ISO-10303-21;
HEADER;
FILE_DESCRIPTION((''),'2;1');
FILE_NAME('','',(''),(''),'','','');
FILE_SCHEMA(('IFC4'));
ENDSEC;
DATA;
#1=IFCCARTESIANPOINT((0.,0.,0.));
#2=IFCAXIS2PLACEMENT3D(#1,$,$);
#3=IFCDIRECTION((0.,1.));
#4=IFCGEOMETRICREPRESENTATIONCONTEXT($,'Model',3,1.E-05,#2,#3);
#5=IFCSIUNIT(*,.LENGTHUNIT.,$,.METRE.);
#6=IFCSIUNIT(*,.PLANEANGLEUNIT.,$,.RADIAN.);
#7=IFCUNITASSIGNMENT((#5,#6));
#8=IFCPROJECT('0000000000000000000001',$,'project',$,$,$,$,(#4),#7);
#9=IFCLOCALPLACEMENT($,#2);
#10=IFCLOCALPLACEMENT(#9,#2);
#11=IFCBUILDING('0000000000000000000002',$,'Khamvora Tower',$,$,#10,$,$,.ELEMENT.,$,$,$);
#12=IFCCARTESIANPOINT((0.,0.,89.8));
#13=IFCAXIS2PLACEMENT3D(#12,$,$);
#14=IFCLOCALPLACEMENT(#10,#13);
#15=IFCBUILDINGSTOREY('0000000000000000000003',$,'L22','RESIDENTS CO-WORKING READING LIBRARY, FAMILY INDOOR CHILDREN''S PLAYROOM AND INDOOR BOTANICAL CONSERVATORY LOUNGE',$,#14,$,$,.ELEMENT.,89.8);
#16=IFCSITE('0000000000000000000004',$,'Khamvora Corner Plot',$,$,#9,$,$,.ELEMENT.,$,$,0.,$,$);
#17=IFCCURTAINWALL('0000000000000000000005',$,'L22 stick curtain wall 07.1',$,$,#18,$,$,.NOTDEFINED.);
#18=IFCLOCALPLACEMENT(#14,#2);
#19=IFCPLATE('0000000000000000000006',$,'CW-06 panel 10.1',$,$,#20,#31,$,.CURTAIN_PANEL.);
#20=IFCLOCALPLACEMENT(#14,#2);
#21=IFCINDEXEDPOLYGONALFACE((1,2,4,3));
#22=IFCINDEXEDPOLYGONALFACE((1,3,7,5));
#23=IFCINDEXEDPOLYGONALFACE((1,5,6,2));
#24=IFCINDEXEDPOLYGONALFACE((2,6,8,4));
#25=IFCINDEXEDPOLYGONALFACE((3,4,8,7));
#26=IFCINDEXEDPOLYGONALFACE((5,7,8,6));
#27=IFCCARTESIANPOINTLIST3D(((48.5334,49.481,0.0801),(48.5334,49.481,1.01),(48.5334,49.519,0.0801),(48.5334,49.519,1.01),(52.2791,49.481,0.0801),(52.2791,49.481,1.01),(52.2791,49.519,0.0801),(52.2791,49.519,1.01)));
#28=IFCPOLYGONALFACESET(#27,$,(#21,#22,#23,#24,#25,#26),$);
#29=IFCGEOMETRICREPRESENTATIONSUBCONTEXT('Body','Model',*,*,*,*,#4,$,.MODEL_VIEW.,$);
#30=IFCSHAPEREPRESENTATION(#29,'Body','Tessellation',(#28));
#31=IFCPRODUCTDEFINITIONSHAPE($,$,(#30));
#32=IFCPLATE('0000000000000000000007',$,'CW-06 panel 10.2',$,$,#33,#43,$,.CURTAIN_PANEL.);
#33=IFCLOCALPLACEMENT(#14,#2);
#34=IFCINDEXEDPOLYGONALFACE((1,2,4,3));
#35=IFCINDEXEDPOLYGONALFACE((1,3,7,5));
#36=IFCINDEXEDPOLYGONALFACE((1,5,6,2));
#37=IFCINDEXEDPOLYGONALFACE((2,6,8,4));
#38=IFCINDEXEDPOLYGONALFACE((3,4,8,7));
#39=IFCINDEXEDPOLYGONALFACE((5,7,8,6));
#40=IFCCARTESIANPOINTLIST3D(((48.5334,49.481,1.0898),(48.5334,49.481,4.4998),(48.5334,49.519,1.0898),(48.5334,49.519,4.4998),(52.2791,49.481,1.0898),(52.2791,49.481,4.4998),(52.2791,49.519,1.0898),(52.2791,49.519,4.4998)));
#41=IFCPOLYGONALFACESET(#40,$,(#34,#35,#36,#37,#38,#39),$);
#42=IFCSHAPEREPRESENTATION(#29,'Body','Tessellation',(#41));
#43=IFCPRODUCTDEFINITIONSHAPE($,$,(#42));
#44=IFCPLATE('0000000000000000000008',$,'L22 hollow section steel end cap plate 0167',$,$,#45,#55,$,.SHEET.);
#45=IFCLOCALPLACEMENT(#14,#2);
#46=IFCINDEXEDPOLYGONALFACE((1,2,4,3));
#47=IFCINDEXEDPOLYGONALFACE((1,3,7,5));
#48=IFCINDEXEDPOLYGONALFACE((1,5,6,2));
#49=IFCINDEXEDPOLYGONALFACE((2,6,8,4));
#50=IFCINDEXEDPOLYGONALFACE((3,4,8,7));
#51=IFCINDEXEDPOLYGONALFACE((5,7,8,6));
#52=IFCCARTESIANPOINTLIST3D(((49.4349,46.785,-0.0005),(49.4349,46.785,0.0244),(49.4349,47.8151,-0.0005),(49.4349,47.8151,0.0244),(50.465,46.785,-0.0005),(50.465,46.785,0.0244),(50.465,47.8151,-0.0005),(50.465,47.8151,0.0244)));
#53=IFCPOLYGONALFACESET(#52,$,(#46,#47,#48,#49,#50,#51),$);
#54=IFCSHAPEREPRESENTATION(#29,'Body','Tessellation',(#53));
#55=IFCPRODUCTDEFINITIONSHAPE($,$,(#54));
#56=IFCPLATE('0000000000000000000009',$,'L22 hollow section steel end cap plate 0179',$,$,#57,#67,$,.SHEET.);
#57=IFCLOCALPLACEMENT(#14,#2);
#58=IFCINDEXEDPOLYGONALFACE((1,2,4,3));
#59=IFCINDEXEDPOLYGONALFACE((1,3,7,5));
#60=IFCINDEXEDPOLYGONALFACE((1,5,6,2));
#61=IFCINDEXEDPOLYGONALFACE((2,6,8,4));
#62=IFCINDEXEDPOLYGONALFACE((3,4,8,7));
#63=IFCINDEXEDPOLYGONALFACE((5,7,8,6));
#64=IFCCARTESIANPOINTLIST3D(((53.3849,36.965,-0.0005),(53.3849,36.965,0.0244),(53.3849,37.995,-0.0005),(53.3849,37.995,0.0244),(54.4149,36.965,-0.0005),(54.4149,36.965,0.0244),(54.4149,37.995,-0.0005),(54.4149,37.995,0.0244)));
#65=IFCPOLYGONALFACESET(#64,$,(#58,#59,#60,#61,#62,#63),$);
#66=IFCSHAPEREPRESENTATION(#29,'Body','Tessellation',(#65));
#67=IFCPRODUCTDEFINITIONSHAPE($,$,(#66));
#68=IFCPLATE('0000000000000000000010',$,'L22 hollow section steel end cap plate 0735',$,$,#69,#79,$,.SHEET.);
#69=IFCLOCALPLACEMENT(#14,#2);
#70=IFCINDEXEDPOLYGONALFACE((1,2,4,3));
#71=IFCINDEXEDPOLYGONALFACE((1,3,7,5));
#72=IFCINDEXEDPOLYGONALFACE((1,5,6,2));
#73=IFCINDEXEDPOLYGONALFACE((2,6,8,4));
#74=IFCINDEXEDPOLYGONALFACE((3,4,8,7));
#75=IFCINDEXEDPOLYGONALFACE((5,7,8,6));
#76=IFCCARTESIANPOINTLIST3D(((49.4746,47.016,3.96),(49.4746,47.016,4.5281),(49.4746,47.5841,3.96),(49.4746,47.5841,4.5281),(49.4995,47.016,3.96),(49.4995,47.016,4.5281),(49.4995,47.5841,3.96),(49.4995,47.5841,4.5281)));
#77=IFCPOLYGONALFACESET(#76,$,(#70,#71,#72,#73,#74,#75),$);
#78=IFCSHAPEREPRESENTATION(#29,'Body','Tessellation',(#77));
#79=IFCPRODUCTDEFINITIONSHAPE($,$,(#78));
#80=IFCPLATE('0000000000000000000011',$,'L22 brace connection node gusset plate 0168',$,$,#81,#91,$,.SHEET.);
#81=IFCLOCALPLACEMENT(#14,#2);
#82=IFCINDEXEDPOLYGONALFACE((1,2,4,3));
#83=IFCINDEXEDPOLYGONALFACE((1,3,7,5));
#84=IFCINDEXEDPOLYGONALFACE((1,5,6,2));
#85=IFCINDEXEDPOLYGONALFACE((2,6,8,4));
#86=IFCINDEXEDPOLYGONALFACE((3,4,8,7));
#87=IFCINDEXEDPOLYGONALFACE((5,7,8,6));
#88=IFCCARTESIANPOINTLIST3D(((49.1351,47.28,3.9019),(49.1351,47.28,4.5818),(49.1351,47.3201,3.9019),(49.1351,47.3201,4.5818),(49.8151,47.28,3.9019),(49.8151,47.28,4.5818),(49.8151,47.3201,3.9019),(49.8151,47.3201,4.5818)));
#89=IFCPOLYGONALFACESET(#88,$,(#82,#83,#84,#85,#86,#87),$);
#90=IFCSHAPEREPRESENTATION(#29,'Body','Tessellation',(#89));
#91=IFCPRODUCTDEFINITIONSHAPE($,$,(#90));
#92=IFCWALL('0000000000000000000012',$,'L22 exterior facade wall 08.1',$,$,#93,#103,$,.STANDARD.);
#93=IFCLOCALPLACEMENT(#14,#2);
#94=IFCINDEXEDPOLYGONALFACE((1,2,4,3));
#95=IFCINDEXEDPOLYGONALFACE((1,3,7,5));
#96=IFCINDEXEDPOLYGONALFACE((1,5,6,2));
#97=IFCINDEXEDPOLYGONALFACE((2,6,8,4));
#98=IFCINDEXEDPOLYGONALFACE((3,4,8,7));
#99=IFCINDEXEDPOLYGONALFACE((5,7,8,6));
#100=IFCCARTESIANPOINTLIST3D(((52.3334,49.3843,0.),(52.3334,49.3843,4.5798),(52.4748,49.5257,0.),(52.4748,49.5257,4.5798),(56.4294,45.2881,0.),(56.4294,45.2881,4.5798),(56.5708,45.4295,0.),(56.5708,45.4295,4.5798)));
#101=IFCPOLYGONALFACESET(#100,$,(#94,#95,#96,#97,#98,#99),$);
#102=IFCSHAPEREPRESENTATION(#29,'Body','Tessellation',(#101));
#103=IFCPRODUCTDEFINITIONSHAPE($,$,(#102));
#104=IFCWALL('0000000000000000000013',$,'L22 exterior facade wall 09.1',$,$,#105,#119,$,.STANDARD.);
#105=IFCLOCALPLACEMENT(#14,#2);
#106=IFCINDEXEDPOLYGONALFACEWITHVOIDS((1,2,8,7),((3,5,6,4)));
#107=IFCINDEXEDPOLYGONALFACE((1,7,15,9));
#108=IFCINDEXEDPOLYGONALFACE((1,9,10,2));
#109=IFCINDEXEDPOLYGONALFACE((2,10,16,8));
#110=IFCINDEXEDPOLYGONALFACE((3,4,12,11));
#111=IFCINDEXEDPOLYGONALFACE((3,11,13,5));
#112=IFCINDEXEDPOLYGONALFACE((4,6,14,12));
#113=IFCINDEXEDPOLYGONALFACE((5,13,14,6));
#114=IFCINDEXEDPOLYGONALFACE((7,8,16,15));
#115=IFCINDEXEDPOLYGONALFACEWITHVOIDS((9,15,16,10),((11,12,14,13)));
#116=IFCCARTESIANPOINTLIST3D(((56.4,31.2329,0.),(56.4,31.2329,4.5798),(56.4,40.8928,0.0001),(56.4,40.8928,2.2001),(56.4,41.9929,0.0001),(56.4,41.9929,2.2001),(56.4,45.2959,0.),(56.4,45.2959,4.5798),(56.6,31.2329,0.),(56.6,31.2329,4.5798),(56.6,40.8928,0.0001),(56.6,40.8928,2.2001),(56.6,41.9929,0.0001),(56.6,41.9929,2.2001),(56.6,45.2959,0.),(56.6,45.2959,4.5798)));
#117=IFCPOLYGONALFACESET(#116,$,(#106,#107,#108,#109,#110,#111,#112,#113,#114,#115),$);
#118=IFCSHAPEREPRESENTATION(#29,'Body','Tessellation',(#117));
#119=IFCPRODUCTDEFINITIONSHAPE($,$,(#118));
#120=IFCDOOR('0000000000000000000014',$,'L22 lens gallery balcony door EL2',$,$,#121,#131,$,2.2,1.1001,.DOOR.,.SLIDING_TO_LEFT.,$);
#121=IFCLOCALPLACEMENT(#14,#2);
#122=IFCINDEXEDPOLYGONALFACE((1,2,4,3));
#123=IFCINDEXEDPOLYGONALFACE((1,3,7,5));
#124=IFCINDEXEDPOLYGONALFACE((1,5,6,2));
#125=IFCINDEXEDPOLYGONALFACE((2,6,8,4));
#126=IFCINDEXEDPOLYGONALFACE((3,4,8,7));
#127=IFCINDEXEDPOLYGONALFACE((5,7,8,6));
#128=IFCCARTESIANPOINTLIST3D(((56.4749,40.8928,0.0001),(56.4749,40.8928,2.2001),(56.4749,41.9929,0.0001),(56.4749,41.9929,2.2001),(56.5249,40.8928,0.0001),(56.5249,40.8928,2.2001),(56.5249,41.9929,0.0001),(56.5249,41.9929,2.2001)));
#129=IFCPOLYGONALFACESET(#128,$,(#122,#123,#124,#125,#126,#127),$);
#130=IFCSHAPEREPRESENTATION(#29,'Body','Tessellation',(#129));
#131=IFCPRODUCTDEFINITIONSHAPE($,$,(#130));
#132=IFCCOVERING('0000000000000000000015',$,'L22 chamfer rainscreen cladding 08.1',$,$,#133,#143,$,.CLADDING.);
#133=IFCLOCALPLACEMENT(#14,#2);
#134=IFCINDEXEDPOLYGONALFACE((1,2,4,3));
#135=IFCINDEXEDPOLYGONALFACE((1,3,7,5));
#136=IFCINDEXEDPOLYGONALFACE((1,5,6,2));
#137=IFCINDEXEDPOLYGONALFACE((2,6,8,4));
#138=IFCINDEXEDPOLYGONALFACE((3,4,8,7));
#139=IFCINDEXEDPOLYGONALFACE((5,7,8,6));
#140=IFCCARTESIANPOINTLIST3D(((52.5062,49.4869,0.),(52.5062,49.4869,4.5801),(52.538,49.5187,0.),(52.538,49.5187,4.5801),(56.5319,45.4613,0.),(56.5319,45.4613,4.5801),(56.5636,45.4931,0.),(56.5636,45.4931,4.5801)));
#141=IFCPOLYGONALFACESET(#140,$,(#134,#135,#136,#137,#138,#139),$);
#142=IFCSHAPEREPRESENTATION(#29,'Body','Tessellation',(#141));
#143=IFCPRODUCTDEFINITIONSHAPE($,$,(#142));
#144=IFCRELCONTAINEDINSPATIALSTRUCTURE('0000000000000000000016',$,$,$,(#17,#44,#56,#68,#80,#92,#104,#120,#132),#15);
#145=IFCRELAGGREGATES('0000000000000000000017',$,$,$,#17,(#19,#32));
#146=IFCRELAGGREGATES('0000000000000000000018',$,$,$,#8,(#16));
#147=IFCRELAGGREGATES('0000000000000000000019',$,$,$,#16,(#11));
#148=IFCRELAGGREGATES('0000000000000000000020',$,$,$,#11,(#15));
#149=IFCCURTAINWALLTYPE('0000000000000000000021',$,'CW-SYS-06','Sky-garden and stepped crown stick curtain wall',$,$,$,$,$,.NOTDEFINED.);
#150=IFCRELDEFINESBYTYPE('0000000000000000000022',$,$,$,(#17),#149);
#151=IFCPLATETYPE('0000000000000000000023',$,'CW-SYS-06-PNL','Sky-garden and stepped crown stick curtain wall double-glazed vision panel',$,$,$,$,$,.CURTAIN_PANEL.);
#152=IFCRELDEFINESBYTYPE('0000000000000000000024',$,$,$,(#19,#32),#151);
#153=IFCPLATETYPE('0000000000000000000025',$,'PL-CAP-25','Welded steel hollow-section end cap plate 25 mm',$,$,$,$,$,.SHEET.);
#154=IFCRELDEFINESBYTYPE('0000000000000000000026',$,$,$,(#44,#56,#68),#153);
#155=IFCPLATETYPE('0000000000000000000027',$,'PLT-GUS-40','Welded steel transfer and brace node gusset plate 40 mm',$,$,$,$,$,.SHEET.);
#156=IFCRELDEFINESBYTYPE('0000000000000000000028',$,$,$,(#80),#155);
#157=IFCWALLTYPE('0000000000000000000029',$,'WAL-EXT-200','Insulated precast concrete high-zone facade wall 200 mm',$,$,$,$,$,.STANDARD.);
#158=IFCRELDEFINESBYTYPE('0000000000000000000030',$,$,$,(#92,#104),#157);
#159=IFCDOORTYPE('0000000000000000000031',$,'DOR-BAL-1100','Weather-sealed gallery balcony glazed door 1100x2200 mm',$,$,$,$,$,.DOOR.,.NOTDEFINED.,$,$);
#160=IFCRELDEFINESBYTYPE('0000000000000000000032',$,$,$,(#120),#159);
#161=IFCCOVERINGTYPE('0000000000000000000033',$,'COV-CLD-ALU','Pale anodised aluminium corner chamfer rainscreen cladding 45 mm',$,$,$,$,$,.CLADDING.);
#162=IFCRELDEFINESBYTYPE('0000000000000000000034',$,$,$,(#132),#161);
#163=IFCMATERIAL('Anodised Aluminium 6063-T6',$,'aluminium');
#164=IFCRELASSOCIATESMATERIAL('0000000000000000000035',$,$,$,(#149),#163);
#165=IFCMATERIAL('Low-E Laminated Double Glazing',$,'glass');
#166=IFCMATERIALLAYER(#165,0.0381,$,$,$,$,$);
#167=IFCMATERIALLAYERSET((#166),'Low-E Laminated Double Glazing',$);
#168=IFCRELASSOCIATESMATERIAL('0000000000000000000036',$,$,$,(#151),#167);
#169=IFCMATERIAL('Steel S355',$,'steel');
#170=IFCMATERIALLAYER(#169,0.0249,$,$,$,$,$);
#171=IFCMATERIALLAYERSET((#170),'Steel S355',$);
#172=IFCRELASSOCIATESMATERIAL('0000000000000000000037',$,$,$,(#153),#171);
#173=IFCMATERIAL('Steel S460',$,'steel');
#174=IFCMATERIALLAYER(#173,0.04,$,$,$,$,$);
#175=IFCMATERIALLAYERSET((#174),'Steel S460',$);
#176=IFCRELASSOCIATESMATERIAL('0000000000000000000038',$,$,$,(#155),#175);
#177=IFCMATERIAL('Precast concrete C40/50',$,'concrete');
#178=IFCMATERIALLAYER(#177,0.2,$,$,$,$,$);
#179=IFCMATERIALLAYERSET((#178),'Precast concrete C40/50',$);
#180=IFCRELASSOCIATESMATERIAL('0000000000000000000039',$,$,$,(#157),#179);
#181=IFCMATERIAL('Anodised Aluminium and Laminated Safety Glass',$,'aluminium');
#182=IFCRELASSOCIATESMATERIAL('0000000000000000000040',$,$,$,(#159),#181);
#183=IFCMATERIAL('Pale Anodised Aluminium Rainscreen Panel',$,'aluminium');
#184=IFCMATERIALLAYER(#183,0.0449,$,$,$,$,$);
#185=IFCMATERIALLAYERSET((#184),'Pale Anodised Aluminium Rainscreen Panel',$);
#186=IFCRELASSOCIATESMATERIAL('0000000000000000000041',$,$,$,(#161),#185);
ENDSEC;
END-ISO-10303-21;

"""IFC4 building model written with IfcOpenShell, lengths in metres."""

from ifc_helpers import new_model, si_unit, direction, frame, frame_2d, origin, origin_2d, place, context, subcontext, project, spatial, rectangle, extrude, material, layer, layer_set, type_object, element, fill, aggregate, save


model = new_model("IFC4")

# Units and contexts
model_context = context("Model", 3, precision=1e-05, world=origin(), true_north=direction((0.0, 1.0)))
body_context = subcontext(model_context, "Body", "Model", "MODEL_VIEW")
ifc_project = project(units=[si_unit("LENGTHUNIT", "METRE"), si_unit("PLANEANGLEUNIT", "RADIAN")], contexts=[model_context])

# Site, building, storey
site_placement = place(None, origin())
site = spatial("IfcSite", under=ifc_project, at=site_placement, Name="Khamvora Corner Plot", CompositionType="ELEMENT", RefElevation=0.0)
building_placement = place(site_placement, origin())
building = spatial("IfcBuilding", under=site, at=building_placement, Name="Khamvora Tower", CompositionType="ELEMENT")
storey_placement = place(building_placement, frame((0.0, 0.0, 89.8)))
storey = spatial("IfcBuildingStorey", under=building, at=storey_placement, Name="L22", Description="RESIDENTS CO-WORKING READING LIBRARY, FAMILY INDOOR CHILDREN'S PLAYROOM AND INDOOR BOTANICAL CONSERVATORY LOUNGE", CompositionType="ELEMENT", Elevation=89.8)

# Shared definitions
ifc_material_1 = material(Name="Steel S355", Category="steel")

# Curtain wall, plates
ifc_material_2 = material(Name="Anodised Aluminium 6063-T6", Category="aluminium")
curtain_wall_type = type_object("IfcCurtainWallType", Name="CW-SYS-06", Description="Sky-garden and stepped crown stick curtain wall", PredefinedType="NOTDEFINED", material=ifc_material_2)
curtain_wall_placement = place(storey_placement, origin())
curtain_wall = element("IfcCurtainWall", 1, at=curtain_wall_placement, inside=storey, type_object=curtain_wall_type, Name="L22 stick curtain wall 07.1", PredefinedType="NOTDEFINED")
ifc_material_3 = material(Name="Low-E Laminated Double Glazing", Category="glass")
ifc_layer_1 = layer(ifc_material_3, 0.0381)
ifc_layer_set_1 = layer_set([ifc_layer_1], Name="Low-E Laminated Double Glazing")
plate_type_1 = type_object("IfcPlateType", Name="CW-SYS-06-PNL", Description="Sky-garden and stepped crown stick curtain wall double-glazed vision panel", PredefinedType="CURTAIN_PANEL", material=ifc_layer_set_1)
plate_1_placement = place(storey_placement, frame((50.4062, 49.5, 0.0801), z_axis=(0.0, 0.0, 1.0), x_axis=(1.0, 0.0, 0.0)))
plate_1 = element("IfcPlate", 2, at=plate_1_placement, type_object=plate_type_1, Name="CW-06 panel 10.1", PredefinedType="CURTAIN_PANEL", context=body_context, shape_type="SweptSolid", body=[
    extrude(rectangle(XDim=3.7456, YDim=0.0381, at=origin_2d()), origin(), (0.0, 0.0, 1.0), 0.9299),
])
plate_2_placement = place(storey_placement, frame((50.4062, 49.5, 1.0898), z_axis=(0.0, 0.0, 1.0), x_axis=(1.0, 0.0, 0.0)))
plate_2 = element("IfcPlate", 3, at=plate_2_placement, type_object=plate_type_1, Name="CW-06 panel 10.2", PredefinedType="CURTAIN_PANEL", context=body_context, shape_type="SweptSolid", body=[
    extrude(rectangle(XDim=3.7456, YDim=0.0381, at=origin_2d()), origin(), (0.0, 0.0, 1.0), 3.4099),
])
aggregate(curtain_wall, [plate_1, plate_2])

# Plates
ifc_layer_2 = layer(ifc_material_1, 0.0249)
ifc_layer_set_2 = layer_set([ifc_layer_2], Name="Steel S355")
plate_type_2 = type_object("IfcPlateType", Name="PL-CAP-25", Description="Welded steel hollow-section end cap plate 25 mm", PredefinedType="SHEET", material=ifc_layer_set_2)
for number, where, z_axis, x_axis, name in (
    (4, (49.95, 47.3, -0.0005), (0.0, 0.0, 1.0), (1.0, 0.0, 0.0), "L22 hollow section steel end cap plate 0167"),
    (5, (53.8999, 37.48, -0.0005), (0.0, 0.0, 1.0), (1.0, 0.0, 0.0), "L22 hollow section steel end cap plate 0179"),
):
    element("IfcPlate", number, at=place(storey_placement, frame(where, z_axis=z_axis, x_axis=x_axis)), inside=storey, type_object=plate_type_2, Name=name, PredefinedType="SHEET", context=body_context, shape_type="SweptSolid", body=[
        extrude(rectangle(XDim=1.03, YDim=1.03, at=origin_2d()), origin(), (0.0, 0.0, 1.0), 0.0249),
    ])
plate_3_placement = place(storey_placement, frame((49.4871, 47.3, 3.96), z_axis=(0.0, 0.0, 1.0), x_axis=(1.0, 0.0, 0.0)))
element("IfcPlate", 6, at=plate_3_placement, inside=storey, type_object=plate_type_2, Name="L22 hollow section steel end cap plate 0735", PredefinedType="SHEET", context=body_context, shape_type="SweptSolid", body=[
    extrude(rectangle(XDim=0.0249, YDim=0.5681, at=origin_2d()), origin(), (0.0, 0.0, 1.0), 0.5681),
])
ifc_material_4 = material(Name="Steel S460", Category="steel")
ifc_layer_3 = layer(ifc_material_4, 0.04)
ifc_layer_set_3 = layer_set([ifc_layer_3], Name="Steel S460")
plate_type_3 = type_object("IfcPlateType", Name="PLT-GUS-40", Description="Welded steel transfer and brace node gusset plate 40 mm", PredefinedType="SHEET", material=ifc_layer_set_3)
plate_4_placement = place(storey_placement, frame((49.4751, 47.3, 3.9019), z_axis=(0.0, 0.0, 1.0), x_axis=(1.0, 0.0, 0.0)))
element("IfcPlate", 7, at=plate_4_placement, inside=storey, type_object=plate_type_3, Name="L22 brace connection node gusset plate 0168", PredefinedType="SHEET", context=body_context, shape_type="SweptSolid", body=[
    extrude(rectangle(XDim=0.6799, YDim=0.04, at=origin_2d()), origin(), (0.0, 0.0, 1.0), 0.6799),
])

# Wall
ifc_material_5 = material(Name="Precast concrete C40/50", Category="concrete")
ifc_layer_4 = layer(ifc_material_5, 0.2)
ifc_layer_set_4 = layer_set([ifc_layer_4], Name="Precast concrete C40/50")
wall_type = type_object("IfcWallType", Name="WAL-EXT-200", Description="Insulated precast concrete high-zone facade wall 200 mm", PredefinedType="STANDARD", material=ifc_layer_set_4)
wall_1_placement = place(storey_placement, frame((52.4041, 49.4551, 0.0), z_axis=(0.0, 0.0, 1.0), x_axis=(0.707086, -0.707128, 0.0)))
element("IfcWall", 8, at=wall_1_placement, inside=storey, type_object=wall_type, Name="L22 exterior facade wall 08.1", PredefinedType="STANDARD", context=body_context, shape_type="SweptSolid", body=[
    extrude(rectangle(XDim=5.7927, YDim=0.2, at=frame_2d((2.8965, 0.0))), origin(), (0.0, 0.0, 1.0), 4.5798),
])

# Wall, opening, door
wall_2_placement = place(storey_placement, frame((56.5, 45.2959, 0.0), z_axis=(0.0, 0.0, 1.0), x_axis=(0.0, -1.0, 0.0)))
wall_2 = element("IfcWall", 9, at=wall_2_placement, inside=storey, type_object=wall_type, Name="L22 exterior facade wall 09.1", PredefinedType="STANDARD", context=body_context, shape_type="SweptSolid", body=[
    extrude(rectangle(XDim=14.063, YDim=0.2, at=frame_2d((7.0315, 0.0))), origin(), (0.0, 0.0, 1.0), 4.5798),
])
opening_placement = place(wall_2_placement, frame((3.303, 0.0, 0.0)))
opening = element("IfcOpeningElement", 10, at=opening_placement, cuts=wall_2, PredefinedType="OPENING", context=body_context, shape_type="SweptSolid", body=[
    extrude(rectangle(XDim=1.1001, YDim=2.2, at=frame_2d((0.55, 1.1001))), frame((0.0, 0.1099, 0.0), z_axis=(0.0, -1.0, 0.0), x_axis=(1.0, 0.0, 0.0)), (0.0, 0.0, 1.0), 0.22),
])
ifc_material_6 = material(Name="Anodised Aluminium and Laminated Safety Glass", Category="aluminium")
door_type = type_object("IfcDoorType", Name="DOR-BAL-1100", Description="Weather-sealed gallery balcony glazed door 1100x2200 mm", OperationType="NOTDEFINED", PredefinedType="DOOR", material=ifc_material_6)
door_placement = place(opening_placement, origin())
door = element("IfcDoor", 11, at=door_placement, inside=storey, type_object=door_type, Name="L22 lens gallery balcony door EL2", OperationType="SLIDING_TO_LEFT", OverallHeight=2.2, OverallWidth=1.1001, PredefinedType="DOOR", context=body_context, shape_type="SweptSolid", body=[
    extrude(rectangle(XDim=1.1001, YDim=2.2, at=frame_2d((0.55, 1.1001))), frame((0.0, 0.0249, 0.0), z_axis=(0.0, -1.0, 0.0), x_axis=(1.0, 0.0, 0.0)), (0.0, 0.0, 1.0), 0.05),
])
fill(opening, door)

# Covering
ifc_material_7 = material(Name="Pale Anodised Aluminium Rainscreen Panel", Category="aluminium")
ifc_layer_5 = layer(ifc_material_7, 0.0449)
ifc_layer_set_5 = layer_set([ifc_layer_5], Name="Pale Anodised Aluminium Rainscreen Panel")
covering_type = type_object("IfcCoveringType", Name="COV-CLD-ALU", Description="Pale anodised aluminium corner chamfer rainscreen cladding 45 mm", PredefinedType="CLADDING", material=ifc_layer_set_5)
covering_placement = place(storey_placement, frame((54.5349, 47.49, 0.0), z_axis=(0.0, 0.0, 1.0), x_axis=(0.707107, -0.707107, 0.0)))
element("IfcCovering", 12, at=covering_placement, inside=storey, type_object=covering_type, Name="L22 chamfer rainscreen cladding 08.1", PredefinedType="CLADDING", context=body_context, shape_type="SweptSolid", body=[
    extrude(rectangle(XDim=5.6931, YDim=0.0449, at=origin_2d()), origin(), (0.0, 0.0, 1.0), 4.5801),
])

save(model, "model.ifc")
